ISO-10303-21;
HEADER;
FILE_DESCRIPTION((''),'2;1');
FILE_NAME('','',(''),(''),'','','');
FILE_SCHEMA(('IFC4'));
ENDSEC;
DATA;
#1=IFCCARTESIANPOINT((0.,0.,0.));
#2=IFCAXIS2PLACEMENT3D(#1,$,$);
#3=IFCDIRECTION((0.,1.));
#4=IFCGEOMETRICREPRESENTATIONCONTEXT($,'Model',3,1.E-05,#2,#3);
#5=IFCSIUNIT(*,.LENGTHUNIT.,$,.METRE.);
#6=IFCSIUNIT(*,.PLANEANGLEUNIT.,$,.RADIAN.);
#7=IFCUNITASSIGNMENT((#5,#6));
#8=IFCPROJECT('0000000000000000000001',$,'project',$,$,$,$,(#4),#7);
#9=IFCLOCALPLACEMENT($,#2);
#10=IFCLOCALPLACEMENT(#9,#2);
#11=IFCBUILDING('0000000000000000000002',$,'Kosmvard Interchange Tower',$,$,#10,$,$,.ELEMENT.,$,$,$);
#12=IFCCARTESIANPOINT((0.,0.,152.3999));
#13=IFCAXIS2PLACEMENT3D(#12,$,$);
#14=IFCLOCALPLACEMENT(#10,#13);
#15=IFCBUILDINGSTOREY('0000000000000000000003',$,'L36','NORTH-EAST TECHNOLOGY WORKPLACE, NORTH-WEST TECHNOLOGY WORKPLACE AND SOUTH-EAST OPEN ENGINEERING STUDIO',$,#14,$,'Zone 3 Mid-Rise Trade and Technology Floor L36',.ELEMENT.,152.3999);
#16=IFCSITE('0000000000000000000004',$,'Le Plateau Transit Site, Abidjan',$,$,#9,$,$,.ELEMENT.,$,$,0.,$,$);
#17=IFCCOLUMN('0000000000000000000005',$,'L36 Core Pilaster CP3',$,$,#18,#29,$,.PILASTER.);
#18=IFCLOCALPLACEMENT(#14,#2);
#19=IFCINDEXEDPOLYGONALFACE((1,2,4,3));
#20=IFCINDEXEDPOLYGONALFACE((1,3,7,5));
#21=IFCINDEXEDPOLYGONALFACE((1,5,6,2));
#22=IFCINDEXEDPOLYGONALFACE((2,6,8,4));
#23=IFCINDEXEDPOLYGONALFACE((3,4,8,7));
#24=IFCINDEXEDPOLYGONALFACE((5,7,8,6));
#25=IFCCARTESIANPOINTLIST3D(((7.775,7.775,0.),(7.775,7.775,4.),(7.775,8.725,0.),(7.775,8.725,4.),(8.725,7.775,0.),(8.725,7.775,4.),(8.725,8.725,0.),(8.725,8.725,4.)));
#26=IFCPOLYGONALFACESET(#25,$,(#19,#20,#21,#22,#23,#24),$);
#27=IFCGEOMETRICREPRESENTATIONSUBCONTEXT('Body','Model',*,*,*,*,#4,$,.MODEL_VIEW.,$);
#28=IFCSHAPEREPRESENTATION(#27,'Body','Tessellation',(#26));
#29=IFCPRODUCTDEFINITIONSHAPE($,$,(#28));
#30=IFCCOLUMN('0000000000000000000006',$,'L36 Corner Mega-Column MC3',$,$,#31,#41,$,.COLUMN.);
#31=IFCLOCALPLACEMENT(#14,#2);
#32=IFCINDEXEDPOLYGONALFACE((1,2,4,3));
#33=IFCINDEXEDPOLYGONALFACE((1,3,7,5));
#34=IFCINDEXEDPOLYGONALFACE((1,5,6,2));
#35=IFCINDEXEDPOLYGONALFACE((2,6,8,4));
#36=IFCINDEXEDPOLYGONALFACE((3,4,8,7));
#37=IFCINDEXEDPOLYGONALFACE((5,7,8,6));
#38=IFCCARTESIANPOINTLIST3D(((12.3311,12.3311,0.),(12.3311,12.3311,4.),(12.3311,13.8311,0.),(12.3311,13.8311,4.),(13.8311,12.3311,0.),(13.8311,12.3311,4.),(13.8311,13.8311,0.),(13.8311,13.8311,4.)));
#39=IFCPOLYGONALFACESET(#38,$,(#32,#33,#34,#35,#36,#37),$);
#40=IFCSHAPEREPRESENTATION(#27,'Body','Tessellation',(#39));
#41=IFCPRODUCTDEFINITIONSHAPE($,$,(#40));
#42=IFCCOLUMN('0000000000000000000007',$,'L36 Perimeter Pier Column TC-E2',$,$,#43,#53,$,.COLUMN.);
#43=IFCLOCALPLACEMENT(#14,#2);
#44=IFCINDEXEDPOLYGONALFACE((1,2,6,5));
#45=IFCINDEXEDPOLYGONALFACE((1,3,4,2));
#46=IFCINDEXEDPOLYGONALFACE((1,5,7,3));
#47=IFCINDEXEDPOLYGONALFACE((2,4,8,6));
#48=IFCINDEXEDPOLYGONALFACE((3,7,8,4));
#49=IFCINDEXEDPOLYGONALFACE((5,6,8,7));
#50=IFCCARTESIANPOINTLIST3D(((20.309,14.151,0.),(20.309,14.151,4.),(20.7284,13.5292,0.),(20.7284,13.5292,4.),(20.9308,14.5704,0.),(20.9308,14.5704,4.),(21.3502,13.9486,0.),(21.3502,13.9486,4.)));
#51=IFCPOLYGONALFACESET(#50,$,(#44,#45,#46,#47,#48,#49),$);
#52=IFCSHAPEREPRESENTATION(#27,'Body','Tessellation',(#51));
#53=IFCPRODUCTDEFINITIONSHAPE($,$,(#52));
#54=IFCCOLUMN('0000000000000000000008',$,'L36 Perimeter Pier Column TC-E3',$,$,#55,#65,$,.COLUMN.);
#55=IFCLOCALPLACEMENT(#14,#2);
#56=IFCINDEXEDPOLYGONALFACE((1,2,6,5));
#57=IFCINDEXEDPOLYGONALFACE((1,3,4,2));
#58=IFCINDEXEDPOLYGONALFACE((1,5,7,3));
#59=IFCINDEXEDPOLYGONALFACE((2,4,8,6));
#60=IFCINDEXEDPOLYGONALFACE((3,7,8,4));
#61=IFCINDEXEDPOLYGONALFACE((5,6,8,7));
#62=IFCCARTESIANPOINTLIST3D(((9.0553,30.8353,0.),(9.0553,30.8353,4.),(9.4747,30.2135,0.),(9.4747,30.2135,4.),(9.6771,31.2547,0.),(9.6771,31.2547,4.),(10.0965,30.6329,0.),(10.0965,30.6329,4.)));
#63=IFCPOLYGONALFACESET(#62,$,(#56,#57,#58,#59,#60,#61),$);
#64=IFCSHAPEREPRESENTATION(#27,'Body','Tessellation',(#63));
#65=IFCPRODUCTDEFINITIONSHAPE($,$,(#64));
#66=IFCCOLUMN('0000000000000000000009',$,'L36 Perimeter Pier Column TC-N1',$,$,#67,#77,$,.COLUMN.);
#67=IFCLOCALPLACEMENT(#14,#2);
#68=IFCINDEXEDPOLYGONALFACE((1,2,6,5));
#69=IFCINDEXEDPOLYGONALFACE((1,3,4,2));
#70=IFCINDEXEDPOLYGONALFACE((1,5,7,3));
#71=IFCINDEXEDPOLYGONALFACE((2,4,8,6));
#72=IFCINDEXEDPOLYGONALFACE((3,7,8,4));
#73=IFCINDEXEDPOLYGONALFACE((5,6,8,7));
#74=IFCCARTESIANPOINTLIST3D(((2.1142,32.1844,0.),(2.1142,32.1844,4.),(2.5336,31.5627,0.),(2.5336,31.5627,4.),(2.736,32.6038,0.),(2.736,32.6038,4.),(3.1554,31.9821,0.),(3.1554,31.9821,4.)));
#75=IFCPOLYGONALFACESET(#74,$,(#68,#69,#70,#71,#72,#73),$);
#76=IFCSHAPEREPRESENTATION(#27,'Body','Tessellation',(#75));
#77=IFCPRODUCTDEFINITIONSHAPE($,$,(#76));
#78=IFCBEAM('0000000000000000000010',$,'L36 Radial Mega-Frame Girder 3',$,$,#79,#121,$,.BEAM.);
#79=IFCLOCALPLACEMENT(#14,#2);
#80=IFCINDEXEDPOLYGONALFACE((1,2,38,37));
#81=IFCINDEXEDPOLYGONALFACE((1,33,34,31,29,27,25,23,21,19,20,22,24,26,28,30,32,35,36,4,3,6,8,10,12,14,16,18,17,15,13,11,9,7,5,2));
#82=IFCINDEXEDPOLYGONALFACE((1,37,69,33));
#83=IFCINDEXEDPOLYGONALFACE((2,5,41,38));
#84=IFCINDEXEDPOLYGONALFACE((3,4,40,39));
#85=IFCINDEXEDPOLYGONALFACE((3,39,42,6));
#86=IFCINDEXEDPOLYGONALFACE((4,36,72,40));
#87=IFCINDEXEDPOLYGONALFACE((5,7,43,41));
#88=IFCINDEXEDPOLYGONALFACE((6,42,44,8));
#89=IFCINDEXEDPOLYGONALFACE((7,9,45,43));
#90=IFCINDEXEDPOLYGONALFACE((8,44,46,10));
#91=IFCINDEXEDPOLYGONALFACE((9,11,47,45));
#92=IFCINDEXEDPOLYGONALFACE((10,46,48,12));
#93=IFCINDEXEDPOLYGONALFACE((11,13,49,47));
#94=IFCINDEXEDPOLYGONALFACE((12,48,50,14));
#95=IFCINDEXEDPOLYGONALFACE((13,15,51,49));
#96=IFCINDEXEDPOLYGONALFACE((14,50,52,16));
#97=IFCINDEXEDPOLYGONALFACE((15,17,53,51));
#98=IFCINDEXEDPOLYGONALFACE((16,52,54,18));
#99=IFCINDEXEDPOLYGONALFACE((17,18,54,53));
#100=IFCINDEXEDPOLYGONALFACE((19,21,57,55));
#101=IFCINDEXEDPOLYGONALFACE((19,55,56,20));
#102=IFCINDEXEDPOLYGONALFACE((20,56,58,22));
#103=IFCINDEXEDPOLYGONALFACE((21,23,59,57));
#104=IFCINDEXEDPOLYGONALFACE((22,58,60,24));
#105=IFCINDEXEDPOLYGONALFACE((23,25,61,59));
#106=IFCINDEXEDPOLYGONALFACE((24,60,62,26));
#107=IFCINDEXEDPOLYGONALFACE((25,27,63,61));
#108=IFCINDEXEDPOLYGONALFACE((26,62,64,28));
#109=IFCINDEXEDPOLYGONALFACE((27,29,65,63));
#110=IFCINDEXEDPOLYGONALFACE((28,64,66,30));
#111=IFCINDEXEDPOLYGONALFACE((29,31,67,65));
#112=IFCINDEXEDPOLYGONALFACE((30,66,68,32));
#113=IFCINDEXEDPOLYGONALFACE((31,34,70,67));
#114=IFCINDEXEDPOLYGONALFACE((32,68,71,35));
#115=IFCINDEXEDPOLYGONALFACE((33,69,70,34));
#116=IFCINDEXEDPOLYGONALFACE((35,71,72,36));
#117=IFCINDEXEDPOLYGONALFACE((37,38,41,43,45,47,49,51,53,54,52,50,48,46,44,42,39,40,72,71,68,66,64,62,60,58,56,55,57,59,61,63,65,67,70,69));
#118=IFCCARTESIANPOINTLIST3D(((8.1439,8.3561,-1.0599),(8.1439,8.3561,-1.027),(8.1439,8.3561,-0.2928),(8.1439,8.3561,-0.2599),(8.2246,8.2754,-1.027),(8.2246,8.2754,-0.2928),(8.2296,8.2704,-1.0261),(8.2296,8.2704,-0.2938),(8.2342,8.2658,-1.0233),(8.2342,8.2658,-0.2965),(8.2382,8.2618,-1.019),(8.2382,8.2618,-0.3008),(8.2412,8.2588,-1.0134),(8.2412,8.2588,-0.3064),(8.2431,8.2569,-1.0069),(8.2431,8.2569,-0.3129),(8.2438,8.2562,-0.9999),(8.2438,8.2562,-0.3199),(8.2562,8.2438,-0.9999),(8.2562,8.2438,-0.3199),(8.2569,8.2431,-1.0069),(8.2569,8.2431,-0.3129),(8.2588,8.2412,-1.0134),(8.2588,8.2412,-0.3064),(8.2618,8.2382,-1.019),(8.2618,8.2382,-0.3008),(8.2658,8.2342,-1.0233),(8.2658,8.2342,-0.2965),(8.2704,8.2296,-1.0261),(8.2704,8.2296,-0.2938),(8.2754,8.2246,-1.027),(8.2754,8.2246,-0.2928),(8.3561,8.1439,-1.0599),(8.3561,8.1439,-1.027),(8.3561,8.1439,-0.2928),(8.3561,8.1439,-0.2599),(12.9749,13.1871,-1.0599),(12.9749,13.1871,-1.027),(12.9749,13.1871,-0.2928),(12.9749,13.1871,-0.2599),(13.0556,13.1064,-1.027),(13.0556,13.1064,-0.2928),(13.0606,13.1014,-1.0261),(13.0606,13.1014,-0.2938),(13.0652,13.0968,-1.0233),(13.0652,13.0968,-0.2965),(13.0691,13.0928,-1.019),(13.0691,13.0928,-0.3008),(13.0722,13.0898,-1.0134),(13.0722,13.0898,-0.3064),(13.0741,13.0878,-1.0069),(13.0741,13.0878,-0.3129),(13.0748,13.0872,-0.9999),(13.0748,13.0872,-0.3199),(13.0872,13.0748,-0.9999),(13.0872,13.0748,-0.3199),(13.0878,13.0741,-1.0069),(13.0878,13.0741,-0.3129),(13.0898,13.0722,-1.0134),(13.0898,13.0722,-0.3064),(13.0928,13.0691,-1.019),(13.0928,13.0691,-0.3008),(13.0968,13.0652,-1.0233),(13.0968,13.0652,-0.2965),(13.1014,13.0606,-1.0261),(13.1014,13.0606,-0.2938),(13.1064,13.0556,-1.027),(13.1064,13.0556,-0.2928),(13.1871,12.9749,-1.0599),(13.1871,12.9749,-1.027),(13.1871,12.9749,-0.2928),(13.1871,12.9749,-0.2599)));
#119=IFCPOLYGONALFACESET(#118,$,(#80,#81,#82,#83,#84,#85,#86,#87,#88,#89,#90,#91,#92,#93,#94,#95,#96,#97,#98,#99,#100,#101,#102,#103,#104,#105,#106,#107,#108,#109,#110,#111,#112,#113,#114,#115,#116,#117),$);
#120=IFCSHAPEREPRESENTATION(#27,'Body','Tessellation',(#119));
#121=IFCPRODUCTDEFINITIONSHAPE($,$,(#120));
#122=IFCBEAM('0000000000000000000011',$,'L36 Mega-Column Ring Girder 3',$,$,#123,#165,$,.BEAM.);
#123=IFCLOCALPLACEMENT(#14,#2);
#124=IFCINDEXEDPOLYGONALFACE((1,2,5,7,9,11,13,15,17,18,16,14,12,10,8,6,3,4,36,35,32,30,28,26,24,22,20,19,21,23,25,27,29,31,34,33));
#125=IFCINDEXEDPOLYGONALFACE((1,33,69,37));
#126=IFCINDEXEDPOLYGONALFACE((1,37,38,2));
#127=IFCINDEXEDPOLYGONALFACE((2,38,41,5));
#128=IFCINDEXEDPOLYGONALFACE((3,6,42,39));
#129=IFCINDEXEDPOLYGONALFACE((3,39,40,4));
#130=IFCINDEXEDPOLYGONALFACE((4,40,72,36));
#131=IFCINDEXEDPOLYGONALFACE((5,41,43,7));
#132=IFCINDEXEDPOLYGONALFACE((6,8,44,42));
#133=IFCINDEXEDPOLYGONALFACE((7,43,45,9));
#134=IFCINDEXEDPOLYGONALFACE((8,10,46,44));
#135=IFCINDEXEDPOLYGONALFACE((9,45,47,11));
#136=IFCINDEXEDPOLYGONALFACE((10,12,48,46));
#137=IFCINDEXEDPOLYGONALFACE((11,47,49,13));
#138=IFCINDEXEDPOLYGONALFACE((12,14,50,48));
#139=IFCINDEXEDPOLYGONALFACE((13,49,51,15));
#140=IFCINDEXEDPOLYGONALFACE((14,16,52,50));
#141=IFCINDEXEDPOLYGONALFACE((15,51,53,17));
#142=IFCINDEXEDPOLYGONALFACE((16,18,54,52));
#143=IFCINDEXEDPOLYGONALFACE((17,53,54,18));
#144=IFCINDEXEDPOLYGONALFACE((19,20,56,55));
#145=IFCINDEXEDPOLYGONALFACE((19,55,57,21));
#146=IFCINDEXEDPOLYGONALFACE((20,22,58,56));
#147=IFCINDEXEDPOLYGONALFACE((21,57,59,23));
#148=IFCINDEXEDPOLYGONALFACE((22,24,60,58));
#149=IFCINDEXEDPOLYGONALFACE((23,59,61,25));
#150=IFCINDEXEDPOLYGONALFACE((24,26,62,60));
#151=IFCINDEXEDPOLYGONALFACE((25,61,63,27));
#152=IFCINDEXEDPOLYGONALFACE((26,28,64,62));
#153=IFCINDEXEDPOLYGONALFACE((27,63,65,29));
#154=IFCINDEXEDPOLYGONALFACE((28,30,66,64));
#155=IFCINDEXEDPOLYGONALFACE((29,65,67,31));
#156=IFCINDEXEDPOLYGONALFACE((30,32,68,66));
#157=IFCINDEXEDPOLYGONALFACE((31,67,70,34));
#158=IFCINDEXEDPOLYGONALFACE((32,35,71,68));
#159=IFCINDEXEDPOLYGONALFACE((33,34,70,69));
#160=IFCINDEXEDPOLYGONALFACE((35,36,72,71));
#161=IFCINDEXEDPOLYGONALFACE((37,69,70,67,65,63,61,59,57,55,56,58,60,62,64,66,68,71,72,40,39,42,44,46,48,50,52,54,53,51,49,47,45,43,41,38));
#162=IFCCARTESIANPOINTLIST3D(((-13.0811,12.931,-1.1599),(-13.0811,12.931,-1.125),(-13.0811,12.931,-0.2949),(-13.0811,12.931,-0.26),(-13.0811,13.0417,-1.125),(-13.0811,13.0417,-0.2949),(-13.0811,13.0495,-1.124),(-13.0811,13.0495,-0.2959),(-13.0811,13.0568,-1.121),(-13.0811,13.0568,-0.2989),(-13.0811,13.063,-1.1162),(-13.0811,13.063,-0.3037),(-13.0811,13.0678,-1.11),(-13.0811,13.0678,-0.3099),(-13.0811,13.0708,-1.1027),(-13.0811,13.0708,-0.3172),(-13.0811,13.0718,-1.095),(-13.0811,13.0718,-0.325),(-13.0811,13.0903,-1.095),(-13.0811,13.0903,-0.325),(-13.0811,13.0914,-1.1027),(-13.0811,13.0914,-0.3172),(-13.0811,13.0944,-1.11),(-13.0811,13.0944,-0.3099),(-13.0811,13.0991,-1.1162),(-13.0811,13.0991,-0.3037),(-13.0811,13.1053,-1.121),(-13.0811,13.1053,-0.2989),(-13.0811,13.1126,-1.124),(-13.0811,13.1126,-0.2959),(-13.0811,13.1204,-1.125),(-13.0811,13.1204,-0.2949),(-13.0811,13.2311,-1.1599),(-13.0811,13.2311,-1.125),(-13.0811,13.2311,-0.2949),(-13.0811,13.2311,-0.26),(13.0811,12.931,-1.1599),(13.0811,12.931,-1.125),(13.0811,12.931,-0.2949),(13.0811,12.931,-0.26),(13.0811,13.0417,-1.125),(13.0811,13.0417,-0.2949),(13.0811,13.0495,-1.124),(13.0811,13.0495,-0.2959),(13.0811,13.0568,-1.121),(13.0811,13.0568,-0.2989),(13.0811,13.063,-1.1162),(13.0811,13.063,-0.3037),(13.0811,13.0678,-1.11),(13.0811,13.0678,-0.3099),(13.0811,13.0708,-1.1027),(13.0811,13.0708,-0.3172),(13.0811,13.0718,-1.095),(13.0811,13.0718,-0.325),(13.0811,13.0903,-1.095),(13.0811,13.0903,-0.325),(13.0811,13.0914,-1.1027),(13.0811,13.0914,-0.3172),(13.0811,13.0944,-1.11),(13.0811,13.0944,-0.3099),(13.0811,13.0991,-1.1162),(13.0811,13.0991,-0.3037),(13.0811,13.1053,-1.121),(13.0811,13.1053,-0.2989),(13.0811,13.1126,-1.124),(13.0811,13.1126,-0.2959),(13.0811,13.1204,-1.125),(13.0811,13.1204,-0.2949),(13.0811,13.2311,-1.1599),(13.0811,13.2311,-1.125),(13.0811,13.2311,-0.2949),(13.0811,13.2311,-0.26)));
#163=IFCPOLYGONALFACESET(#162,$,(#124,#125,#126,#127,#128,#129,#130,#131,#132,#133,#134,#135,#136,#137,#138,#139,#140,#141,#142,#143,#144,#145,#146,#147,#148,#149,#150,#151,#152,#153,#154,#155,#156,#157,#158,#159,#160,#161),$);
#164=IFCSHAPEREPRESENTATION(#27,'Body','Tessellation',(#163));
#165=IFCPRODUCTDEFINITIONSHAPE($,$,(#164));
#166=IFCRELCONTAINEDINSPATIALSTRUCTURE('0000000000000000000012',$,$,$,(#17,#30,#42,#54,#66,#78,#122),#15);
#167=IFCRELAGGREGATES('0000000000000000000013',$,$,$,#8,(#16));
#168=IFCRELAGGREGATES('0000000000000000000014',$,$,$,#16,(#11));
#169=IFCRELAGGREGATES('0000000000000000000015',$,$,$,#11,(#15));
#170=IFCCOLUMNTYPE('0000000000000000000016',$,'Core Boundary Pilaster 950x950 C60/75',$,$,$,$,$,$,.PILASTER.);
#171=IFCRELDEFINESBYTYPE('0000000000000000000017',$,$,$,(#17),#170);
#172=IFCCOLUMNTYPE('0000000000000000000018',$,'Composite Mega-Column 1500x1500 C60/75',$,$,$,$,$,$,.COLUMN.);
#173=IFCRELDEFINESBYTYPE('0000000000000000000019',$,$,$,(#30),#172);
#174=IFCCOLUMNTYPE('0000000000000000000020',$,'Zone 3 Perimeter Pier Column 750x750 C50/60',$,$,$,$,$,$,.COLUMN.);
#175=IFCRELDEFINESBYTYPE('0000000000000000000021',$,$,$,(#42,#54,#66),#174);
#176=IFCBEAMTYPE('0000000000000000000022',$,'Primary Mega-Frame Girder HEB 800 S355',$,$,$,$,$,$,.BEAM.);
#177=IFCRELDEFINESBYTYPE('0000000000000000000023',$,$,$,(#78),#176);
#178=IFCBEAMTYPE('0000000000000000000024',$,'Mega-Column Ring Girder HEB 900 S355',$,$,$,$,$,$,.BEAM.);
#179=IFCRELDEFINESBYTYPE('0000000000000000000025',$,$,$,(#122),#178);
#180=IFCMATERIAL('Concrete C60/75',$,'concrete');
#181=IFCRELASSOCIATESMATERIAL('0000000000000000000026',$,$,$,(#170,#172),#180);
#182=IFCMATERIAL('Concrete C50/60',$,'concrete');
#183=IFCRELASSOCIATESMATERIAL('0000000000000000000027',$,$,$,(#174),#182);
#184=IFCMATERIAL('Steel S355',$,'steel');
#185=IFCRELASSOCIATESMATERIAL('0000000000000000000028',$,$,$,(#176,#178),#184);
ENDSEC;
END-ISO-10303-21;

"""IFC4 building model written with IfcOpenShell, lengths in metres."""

from ifc_helpers import new_model, si_unit, direction, frame, origin, origin_2d, place, context, subcontext, project, spatial, rectangle, i_section, extrude, source, transform, mapped, material, material_profile, profile_set, type_object, element, save


model = new_model("IFC4")

# Units and contexts
model_context = context("Model", 3, precision=1e-05, world=origin(), true_north=direction((0.0, 1.0)))
body_context = subcontext(model_context, "Body", "Model", "MODEL_VIEW")
ifc_project = project(units=[si_unit("LENGTHUNIT", "METRE"), si_unit("PLANEANGLEUNIT", "RADIAN")], contexts=[model_context])

# Site, building, storey
site_placement = place(None, origin())
site = spatial("IfcSite", under=ifc_project, at=site_placement, Name="Le Plateau Transit Site, Abidjan", CompositionType="ELEMENT", RefElevation=0.0)
building_placement = place(site_placement, origin())
building = spatial("IfcBuilding", under=site, at=building_placement, Name="Kosmvard Interchange Tower", CompositionType="ELEMENT")
storey_placement = place(building_placement, frame((0.0, 0.0, 152.3999)))
storey = spatial("IfcBuildingStorey", under=building, at=storey_placement, Name="L36", Description="NORTH-EAST TECHNOLOGY WORKPLACE, NORTH-WEST TECHNOLOGY WORKPLACE AND SOUTH-EAST OPEN ENGINEERING STUDIO", LongName="Zone 3 Mid-Rise Trade and Technology Floor L36", CompositionType="ELEMENT", Elevation=152.3999)

# Columns
ifc_material_1 = material(Name="Concrete C60/75", Category="concrete")
ifc_material_profile_1 = material_profile(ifc_material_1, rectangle(XDim=0.95, YDim=0.95, at=origin_2d()), Name="CP 950x950")
ifc_profile_set_1 = profile_set([ifc_material_profile_1], Name="Concrete C60/75")
column_type_1 = type_object("IfcColumnType", Name="Core Boundary Pilaster 950x950 C60/75", PredefinedType="PILASTER", material=ifc_profile_set_1)
shared_shape_1 = source(origin(), body_context, "Body", "SweptSolid", [
    extrude(rectangle(XDim=0.95, YDim=0.95, at=origin_2d()), origin(), (0.0, 0.0, 1.0), 4.0),
])
column_1_placement = place(storey_placement, frame((8.25, 8.25, 0.0), z_axis=(0.0, 0.0, 1.0), x_axis=(1.0, 0.0, 0.0)))
element("IfcColumn", 1, at=column_1_placement, inside=storey, type_object=column_type_1, Name="L36 Core Pilaster CP3", PredefinedType="PILASTER", context=body_context, shape_type="MappedRepresentation", body=[
    mapped(shared_shape_1, transform((0.0, 0.0, 0.0), scale=1.0)),
])
ifc_material_profile_2 = material_profile(ifc_material_1, rectangle(XDim=1.5, YDim=1.5, at=origin_2d()), Name="MC 1500x1500")
ifc_profile_set_2 = profile_set([ifc_material_profile_2], Name="Concrete C60/75")
column_type_2 = type_object("IfcColumnType", Name="Composite Mega-Column 1500x1500 C60/75", PredefinedType="COLUMN", material=ifc_profile_set_2)
shared_shape_2 = source(origin(), body_context, "Body", "SweptSolid", [
    extrude(rectangle(XDim=1.5, YDim=1.5, at=origin_2d()), origin(), (0.0, 0.0, 1.0), 4.0),
])
column_2_placement = place(storey_placement, frame((13.0811, 13.0811, 0.0), z_axis=(0.0, 0.0, 1.0), x_axis=(1.0, 0.0, 0.0)))
element("IfcColumn", 2, at=column_2_placement, inside=storey, type_object=column_type_2, Name="L36 Corner Mega-Column MC3", PredefinedType="COLUMN", context=body_context, shape_type="MappedRepresentation", body=[
    mapped(shared_shape_2, transform((0.0, 0.0, 0.0), scale=1.0)),
])
ifc_material_2 = material(Name="Concrete C50/60", Category="concrete")
ifc_material_profile_3 = material_profile(ifc_material_2, rectangle(XDim=0.75, YDim=0.75, at=origin_2d()), Name="TC 750x750")
ifc_profile_set_3 = profile_set([ifc_material_profile_3], Name="Concrete C50/60")
column_type_3 = type_object("IfcColumnType", Name="Zone 3 Perimeter Pier Column 750x750 C50/60", PredefinedType="COLUMN", material=ifc_profile_set_3)
shared_shape_3 = source(origin(), body_context, "Body", "SweptSolid", [
    extrude(rectangle(XDim=0.75, YDim=0.75, at=origin_2d()), origin(), (0.0, 0.0, 1.0), 4.0),
])
for number, where, z_axis, x_axis, name in (
    (3, (20.8296, 14.0498, 0.0), (0.0, 0.0, 1.0), (0.829038, 0.559193, 0.0), "L36 Perimeter Pier Column TC-E2"),
    (4, (9.5759, 30.7341, 0.0), (0.0, 0.0, 1.0), (0.829038, 0.559193, 0.0), "L36 Perimeter Pier Column TC-E3"),
    (5, (2.6348, 32.0833, 0.0), (0.0, 0.0, 1.0), (0.829038, 0.559193, 0.0), "L36 Perimeter Pier Column TC-N1"),
):
    element("IfcColumn", number, at=place(storey_placement, frame(where, z_axis=z_axis, x_axis=x_axis)), inside=storey, type_object=column_type_3, Name=name, PredefinedType="COLUMN", context=body_context, shape_type="MappedRepresentation", body=[
        mapped(shared_shape_3, transform((0.0, 0.0, 0.0), scale=1.0)),
    ])

# Beams
ifc_material_3 = material(Name="Steel S355", Category="steel")
ifc_material_profile_4 = material_profile(ifc_material_3, i_section(OverallWidth=0.3, OverallDepth=0.8, WebThickness=0.0176, FlangeThickness=0.033, FilletRadius=0.0271, at=origin_2d()), Name="HEB 800")
ifc_profile_set_4 = profile_set([ifc_material_profile_4], Name="Steel S355")
beam_type_1 = type_object("IfcBeamType", Name="Primary Mega-Frame Girder HEB 800 S355", PredefinedType="BEAM", material=ifc_profile_set_4)
shared_shape_4 = source(origin(), body_context, "Body", "SweptSolid", [
    extrude(i_section(OverallWidth=0.3, OverallDepth=0.8, WebThickness=0.0176, FlangeThickness=0.033, FilletRadius=0.0271, at=origin_2d()), origin(), (0.0, 0.0, 1.0), 6.832),
])
beam_1_placement = place(storey_placement, frame((8.25, 8.25, -0.6599), z_axis=(0.707107, 0.707107, 0.0), x_axis=(-0.707107, 0.707107, 0.0)))
element("IfcBeam", 6, at=beam_1_placement, inside=storey, type_object=beam_type_1, Name="L36 Radial Mega-Frame Girder 3", PredefinedType="BEAM", context=body_context, shape_type="MappedRepresentation", body=[
    mapped(shared_shape_4, transform((0.0, 0.0, 0.0), scale=1.0)),
])
ifc_material_profile_5 = material_profile(ifc_material_3, i_section(OverallWidth=0.3, OverallDepth=0.8999, WebThickness=0.0186, FlangeThickness=0.0349, FilletRadius=0.03, at=origin_2d()), Name="HEB 900")
ifc_profile_set_5 = profile_set([ifc_material_profile_5], Name="Steel S355")
beam_type_2 = type_object("IfcBeamType", Name="Mega-Column Ring Girder HEB 900 S355", PredefinedType="BEAM", material=ifc_profile_set_5)
shared_shape_5 = source(origin(), body_context, "Body", "SweptSolid", [
    extrude(i_section(OverallWidth=0.3, OverallDepth=0.8999, WebThickness=0.0186, FlangeThickness=0.0349, FilletRadius=0.03, at=origin_2d()), origin(), (0.0, 0.0, 1.0), 26.1621),
])
beam_2_placement = place(storey_placement, frame((13.0811, 13.0811, -0.71), z_axis=(-1.0, 0.0, 0.0), x_axis=(0.0, -1.0, 0.0)))
element("IfcBeam", 7, at=beam_2_placement, inside=storey, type_object=beam_type_2, Name="L36 Mega-Column Ring Girder 3", PredefinedType="BEAM", context=body_context, shape_type="MappedRepresentation", body=[
    mapped(shared_shape_5, transform((0.0, 0.0, 0.0), scale=1.0)),
])

save(model, "model.ifc")
